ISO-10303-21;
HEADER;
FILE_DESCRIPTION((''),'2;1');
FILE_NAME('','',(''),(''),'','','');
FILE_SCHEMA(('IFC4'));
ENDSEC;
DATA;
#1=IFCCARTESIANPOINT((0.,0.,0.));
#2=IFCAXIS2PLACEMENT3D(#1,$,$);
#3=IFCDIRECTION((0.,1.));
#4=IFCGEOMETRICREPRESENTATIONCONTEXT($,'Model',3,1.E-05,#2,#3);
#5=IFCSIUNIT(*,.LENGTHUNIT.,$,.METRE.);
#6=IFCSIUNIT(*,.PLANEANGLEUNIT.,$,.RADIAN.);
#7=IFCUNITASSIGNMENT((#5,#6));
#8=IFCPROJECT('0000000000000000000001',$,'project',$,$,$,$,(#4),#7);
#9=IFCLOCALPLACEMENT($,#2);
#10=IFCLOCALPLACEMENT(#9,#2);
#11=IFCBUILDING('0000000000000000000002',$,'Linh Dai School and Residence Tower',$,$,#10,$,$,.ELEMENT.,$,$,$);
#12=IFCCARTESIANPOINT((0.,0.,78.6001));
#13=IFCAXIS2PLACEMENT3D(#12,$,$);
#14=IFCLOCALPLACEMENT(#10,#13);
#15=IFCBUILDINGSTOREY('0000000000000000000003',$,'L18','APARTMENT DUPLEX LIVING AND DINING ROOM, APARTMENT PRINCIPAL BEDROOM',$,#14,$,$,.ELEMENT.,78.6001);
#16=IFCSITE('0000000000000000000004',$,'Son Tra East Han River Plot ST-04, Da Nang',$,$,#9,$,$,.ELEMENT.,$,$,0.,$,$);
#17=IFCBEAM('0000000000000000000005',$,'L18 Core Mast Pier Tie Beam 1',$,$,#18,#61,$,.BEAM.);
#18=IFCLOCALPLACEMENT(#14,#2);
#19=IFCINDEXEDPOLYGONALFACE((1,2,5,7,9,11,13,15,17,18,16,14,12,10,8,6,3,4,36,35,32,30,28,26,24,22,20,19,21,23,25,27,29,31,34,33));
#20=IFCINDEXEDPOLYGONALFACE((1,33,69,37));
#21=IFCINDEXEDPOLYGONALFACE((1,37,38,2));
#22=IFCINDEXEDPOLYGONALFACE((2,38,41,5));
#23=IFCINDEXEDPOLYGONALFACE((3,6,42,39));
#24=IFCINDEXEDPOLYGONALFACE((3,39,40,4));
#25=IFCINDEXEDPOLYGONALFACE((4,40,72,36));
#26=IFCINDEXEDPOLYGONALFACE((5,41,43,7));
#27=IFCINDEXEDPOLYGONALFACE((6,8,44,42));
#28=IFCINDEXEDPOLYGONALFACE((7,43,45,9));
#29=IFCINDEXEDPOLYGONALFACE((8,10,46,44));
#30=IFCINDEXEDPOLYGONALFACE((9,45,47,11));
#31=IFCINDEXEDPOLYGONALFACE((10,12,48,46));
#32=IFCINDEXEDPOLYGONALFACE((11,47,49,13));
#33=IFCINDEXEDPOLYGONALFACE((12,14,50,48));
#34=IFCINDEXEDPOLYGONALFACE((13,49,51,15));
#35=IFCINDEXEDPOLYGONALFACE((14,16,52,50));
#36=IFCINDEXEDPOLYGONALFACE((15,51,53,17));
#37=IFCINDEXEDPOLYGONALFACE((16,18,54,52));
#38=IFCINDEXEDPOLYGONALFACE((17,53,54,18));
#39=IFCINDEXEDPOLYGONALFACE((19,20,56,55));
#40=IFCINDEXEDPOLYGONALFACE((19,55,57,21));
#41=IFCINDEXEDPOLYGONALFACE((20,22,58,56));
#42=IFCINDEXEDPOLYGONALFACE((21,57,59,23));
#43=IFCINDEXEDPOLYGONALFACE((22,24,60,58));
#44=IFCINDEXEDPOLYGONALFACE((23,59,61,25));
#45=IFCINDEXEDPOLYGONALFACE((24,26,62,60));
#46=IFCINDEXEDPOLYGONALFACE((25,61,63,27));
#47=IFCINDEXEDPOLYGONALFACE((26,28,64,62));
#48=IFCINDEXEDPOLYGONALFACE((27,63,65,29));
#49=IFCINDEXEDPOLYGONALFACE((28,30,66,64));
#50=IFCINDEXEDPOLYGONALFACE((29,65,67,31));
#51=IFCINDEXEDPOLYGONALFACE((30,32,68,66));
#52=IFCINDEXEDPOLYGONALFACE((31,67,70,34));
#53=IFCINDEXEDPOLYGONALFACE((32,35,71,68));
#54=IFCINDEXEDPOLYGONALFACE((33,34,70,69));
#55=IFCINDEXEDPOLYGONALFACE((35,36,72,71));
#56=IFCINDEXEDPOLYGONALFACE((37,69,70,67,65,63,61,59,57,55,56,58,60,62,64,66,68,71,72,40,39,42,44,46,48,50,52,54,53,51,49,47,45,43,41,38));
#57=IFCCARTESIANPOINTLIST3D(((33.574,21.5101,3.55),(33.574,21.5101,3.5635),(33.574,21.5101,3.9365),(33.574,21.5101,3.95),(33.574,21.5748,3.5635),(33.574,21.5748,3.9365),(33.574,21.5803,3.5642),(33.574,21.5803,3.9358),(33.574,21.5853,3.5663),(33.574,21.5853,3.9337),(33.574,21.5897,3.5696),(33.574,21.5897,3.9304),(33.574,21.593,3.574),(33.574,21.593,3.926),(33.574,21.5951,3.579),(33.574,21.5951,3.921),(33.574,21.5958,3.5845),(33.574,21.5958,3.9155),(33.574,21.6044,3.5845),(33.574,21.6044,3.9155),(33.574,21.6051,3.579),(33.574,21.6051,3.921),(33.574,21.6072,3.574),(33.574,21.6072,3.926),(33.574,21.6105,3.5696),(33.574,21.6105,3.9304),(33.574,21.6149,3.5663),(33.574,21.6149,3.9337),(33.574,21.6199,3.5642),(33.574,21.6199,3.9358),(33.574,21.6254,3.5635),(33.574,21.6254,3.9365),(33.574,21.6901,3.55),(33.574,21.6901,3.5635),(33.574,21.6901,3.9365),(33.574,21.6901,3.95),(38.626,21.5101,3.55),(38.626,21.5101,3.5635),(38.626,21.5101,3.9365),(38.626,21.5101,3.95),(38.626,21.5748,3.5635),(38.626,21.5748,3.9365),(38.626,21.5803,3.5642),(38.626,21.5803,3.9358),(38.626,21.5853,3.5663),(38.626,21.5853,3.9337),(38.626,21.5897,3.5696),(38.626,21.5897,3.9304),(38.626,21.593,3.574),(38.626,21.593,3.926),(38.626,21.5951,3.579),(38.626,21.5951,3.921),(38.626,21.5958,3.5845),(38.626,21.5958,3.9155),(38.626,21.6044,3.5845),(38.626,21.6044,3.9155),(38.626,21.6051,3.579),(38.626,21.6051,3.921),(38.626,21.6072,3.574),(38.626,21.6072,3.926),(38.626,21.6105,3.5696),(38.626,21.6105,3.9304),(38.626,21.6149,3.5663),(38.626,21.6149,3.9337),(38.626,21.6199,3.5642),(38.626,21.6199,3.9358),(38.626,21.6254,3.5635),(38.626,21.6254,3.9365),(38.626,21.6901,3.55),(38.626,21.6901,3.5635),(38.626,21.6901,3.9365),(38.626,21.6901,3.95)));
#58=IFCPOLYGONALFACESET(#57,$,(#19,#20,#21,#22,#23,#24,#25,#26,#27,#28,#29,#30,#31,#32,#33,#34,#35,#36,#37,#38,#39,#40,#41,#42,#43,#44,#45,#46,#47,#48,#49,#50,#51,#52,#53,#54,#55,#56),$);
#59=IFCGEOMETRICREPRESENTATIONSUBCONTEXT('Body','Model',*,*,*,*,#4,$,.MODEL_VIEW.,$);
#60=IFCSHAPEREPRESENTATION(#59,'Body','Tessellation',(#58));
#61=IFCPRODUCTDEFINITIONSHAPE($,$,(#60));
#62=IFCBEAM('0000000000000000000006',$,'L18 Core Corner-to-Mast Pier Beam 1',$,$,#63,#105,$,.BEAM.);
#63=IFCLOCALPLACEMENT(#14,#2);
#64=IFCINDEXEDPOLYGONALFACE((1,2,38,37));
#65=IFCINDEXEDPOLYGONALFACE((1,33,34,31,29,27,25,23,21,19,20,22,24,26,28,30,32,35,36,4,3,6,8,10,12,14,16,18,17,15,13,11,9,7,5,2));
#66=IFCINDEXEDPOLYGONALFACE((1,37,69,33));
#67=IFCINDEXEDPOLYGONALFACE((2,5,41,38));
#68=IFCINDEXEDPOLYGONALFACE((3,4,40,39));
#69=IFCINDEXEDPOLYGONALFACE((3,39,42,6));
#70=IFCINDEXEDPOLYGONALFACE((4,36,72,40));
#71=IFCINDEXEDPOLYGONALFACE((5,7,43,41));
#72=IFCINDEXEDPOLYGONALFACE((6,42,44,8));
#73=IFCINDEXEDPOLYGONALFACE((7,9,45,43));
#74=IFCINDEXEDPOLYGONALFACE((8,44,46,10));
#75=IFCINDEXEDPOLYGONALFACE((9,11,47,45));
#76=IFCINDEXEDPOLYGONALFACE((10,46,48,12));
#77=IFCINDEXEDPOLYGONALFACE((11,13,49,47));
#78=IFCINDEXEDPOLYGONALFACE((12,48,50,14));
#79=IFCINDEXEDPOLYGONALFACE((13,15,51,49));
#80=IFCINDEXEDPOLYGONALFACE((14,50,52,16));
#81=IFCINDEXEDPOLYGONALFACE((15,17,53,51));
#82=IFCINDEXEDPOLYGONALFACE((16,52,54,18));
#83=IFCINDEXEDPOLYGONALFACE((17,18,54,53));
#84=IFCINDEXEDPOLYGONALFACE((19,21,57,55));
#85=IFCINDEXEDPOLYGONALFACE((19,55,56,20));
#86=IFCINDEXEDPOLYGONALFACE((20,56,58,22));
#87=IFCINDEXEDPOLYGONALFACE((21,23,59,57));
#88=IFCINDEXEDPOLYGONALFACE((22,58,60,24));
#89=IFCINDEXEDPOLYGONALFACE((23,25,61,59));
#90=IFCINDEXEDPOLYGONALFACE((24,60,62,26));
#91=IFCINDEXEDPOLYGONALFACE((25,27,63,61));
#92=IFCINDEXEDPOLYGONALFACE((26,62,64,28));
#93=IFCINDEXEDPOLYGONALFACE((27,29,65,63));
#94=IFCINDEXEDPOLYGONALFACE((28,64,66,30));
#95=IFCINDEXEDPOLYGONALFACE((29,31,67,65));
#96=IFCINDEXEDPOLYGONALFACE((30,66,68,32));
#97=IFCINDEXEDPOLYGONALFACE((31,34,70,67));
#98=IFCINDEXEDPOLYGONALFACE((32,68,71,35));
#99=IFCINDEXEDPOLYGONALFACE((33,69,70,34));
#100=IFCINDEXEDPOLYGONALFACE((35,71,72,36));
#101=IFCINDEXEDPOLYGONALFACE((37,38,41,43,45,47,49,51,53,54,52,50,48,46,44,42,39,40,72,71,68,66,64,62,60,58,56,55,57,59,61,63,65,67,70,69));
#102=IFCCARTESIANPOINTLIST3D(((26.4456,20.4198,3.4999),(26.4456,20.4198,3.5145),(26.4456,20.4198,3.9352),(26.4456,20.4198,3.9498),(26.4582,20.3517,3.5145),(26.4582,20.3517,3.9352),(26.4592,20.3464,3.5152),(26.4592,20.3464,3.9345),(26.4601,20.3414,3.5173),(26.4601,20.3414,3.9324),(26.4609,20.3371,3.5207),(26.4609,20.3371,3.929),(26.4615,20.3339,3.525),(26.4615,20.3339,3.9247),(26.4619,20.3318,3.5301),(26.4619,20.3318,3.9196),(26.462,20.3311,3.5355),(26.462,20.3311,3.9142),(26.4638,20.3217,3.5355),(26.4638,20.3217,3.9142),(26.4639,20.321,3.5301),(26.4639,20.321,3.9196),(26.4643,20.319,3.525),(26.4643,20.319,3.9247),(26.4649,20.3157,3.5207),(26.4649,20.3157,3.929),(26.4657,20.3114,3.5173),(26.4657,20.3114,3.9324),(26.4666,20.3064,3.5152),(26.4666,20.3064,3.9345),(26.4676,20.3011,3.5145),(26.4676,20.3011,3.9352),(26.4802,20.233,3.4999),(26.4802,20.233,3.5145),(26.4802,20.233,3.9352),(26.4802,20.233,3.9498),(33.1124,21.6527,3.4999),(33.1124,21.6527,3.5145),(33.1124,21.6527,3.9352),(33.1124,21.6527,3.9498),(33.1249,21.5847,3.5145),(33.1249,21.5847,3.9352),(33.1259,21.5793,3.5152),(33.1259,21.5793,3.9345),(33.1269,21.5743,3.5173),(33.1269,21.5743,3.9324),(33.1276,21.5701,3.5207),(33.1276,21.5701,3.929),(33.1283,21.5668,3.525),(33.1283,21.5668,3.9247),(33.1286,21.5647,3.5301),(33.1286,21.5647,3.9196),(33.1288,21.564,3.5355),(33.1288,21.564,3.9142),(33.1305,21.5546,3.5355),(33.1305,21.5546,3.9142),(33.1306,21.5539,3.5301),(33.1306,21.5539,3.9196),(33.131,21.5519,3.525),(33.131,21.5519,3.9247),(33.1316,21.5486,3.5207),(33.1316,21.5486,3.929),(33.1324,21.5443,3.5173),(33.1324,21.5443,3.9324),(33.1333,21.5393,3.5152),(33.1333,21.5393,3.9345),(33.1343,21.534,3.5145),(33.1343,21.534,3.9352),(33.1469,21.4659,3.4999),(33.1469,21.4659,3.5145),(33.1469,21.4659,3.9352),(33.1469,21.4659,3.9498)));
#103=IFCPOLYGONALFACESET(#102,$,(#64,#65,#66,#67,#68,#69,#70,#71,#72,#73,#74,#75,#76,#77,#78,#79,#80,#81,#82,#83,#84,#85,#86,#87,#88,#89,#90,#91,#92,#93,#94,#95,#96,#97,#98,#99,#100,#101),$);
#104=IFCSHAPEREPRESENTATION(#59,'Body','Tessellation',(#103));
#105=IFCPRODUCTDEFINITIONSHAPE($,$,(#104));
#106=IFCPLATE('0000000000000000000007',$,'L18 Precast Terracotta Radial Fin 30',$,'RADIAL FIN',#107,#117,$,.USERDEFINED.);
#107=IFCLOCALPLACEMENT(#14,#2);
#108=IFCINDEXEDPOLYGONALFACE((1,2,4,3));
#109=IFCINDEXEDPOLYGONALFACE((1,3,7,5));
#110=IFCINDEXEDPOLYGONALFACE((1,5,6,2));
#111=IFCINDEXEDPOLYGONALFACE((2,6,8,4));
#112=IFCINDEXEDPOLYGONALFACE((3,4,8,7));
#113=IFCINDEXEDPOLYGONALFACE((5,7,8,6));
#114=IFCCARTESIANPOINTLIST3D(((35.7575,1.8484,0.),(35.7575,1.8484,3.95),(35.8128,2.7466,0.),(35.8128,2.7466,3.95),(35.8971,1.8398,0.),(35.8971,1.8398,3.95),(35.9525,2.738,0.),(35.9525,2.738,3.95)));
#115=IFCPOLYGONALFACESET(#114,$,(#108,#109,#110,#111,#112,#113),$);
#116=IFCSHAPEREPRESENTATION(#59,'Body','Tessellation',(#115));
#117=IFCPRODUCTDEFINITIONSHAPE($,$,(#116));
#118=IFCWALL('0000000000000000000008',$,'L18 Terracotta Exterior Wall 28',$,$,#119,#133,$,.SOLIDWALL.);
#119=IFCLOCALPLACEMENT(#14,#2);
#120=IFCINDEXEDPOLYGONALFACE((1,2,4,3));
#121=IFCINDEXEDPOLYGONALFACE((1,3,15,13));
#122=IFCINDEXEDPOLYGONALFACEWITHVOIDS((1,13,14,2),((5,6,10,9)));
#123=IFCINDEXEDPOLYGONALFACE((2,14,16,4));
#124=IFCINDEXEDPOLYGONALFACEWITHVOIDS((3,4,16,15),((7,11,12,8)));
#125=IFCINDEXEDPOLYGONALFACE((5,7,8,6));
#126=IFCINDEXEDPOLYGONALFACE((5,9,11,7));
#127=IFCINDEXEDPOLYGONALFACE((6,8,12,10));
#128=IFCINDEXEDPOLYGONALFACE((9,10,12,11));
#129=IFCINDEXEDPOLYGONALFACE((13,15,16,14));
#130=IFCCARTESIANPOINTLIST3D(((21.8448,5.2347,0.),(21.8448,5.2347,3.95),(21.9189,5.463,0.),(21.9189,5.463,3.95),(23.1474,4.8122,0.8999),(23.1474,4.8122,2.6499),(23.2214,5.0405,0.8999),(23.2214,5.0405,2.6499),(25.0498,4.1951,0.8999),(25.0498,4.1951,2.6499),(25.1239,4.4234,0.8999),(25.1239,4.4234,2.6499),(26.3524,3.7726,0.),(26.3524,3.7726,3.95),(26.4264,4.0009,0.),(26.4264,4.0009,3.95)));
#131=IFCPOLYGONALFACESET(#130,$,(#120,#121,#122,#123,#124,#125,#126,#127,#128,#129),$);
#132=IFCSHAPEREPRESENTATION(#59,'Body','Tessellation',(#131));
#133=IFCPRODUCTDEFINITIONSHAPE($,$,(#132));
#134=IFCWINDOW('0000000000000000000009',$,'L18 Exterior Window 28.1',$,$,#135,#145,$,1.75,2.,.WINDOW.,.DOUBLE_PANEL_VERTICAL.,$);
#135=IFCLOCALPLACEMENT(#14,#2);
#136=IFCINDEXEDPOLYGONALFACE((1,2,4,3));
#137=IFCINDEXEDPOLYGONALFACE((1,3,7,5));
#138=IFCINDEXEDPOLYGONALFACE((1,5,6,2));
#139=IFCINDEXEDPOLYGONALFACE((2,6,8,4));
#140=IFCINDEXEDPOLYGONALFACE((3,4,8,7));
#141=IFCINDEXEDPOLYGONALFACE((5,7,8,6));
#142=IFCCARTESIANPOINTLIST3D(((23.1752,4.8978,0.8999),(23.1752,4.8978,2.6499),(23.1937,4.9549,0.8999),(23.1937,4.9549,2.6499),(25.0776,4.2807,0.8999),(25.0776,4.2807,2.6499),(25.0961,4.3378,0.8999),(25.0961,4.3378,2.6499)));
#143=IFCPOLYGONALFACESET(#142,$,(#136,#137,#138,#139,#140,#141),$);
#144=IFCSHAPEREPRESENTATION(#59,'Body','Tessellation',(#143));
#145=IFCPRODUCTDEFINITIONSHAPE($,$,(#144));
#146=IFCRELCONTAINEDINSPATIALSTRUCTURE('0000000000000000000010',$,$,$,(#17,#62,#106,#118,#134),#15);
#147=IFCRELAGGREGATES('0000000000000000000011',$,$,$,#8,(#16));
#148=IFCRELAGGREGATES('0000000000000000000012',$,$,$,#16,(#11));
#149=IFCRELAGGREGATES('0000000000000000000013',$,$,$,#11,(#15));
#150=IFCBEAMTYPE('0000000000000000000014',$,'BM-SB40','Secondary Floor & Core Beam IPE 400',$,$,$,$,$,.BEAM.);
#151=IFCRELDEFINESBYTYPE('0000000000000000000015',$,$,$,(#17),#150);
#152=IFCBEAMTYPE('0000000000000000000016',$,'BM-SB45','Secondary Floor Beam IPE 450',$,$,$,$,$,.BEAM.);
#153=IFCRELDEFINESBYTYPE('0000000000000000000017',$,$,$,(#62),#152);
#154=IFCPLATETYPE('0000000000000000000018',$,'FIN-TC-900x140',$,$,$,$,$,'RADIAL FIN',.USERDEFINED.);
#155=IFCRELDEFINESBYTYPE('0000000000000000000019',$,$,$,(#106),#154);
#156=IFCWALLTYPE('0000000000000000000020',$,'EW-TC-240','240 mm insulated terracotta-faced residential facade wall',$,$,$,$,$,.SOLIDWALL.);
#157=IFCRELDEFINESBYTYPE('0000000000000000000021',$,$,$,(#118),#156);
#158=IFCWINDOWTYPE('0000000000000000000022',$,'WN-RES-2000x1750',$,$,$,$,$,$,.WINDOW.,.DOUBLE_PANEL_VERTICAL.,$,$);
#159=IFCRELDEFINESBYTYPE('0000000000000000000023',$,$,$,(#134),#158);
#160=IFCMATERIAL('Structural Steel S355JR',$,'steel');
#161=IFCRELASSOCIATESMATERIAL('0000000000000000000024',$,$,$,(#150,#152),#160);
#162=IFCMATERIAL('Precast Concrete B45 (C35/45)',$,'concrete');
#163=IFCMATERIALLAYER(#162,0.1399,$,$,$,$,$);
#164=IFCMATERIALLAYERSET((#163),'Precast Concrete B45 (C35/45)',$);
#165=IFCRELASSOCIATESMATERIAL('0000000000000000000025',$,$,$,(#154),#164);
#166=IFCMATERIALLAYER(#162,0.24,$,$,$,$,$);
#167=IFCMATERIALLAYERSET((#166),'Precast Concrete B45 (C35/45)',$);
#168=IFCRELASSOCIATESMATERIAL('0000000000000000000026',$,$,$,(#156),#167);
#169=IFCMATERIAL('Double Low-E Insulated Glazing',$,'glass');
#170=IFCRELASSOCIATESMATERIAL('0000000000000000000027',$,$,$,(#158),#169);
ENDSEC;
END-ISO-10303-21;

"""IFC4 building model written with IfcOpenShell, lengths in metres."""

from ifc_helpers import new_model, si_unit, direction, frame, frame_2d, origin, origin_2d, place, context, subcontext, project, spatial, rectangle, i_section, extrude, source, transform, mapped, material, layer, layer_set, material_profile, profile_set, type_object, element, fill, save


model = new_model("IFC4")

# Units and contexts
model_context = context("Model", 3, precision=1e-05, world=origin(), true_north=direction((0.0, 1.0)))
body_context = subcontext(model_context, "Body", "Model", "MODEL_VIEW")
ifc_project = project(units=[si_unit("LENGTHUNIT", "METRE"), si_unit("PLANEANGLEUNIT", "RADIAN")], contexts=[model_context])

# Site, building, storey
site_placement = place(None, origin())
site = spatial("IfcSite", under=ifc_project, at=site_placement, Name="Son Tra East Han River Plot ST-04, Da Nang", CompositionType="ELEMENT", RefElevation=0.0)
building_placement = place(site_placement, origin())
building = spatial("IfcBuilding", under=site, at=building_placement, Name="Linh Dai School and Residence Tower", CompositionType="ELEMENT")
storey_placement = place(building_placement, frame((0.0, 0.0, 78.6001)))
storey = spatial("IfcBuildingStorey", under=building, at=storey_placement, Name="L18", Description="APARTMENT DUPLEX LIVING AND DINING ROOM, APARTMENT PRINCIPAL BEDROOM", CompositionType="ELEMENT", Elevation=78.6001)

# Shared definitions
ifc_material_1 = material(Name="Structural Steel S355JR", Category="steel")

# Beams
ifc_material_profile_1 = material_profile(ifc_material_1, i_section(OverallWidth=0.1799, OverallDepth=0.3999, WebThickness=0.0085, FlangeThickness=0.0134, FilletRadius=0.021, at=origin_2d()), Name="IPE 400")
ifc_profile_set_1 = profile_set([ifc_material_profile_1], Name="Structural Steel S355JR")
beam_type_1 = type_object("IfcBeamType", Name="BM-SB40", Description="Secondary Floor & Core Beam IPE 400", PredefinedType="BEAM", material=ifc_profile_set_1)
beam_1_placement = place(storey_placement, frame((33.574, 21.6001, 3.75), z_axis=(1.0, 0.0, 0.0), x_axis=(0.0, 1.0, 0.0)))
element("IfcBeam", 1, at=beam_1_placement, inside=storey, type_object=beam_type_1, Name="L18 Core Mast Pier Tie Beam 1", PredefinedType="BEAM", context=body_context, shape_type="SweptSolid", body=[
    extrude(i_section(OverallWidth=0.1799, OverallDepth=0.3999, WebThickness=0.0085, FlangeThickness=0.0134, FilletRadius=0.021, at=origin_2d()), origin(), (0.0, 0.0, 1.0), 5.052),
])
ifc_material_profile_2 = material_profile(ifc_material_1, i_section(OverallWidth=0.1899, OverallDepth=0.45, WebThickness=0.0095, FlangeThickness=0.0146, FilletRadius=0.021, at=origin_2d()), Name="IPE 450")
ifc_profile_set_2 = profile_set([ifc_material_profile_2], Name="Structural Steel S355JR")
beam_type_2 = type_object("IfcBeamType", Name="BM-SB45", Description="Secondary Floor Beam IPE 450", PredefinedType="BEAM", material=ifc_profile_set_2)
beam_2_placement = place(storey_placement, frame((26.4629, 20.3264, 3.7249), z_axis=(0.983326, 0.181851, 0.0), x_axis=(-0.181851, 0.983326, 0.0)))
element("IfcBeam", 2, at=beam_2_placement, inside=storey, type_object=beam_type_2, Name="L18 Core Corner-to-Mast Pier Beam 1", PredefinedType="BEAM", context=body_context, shape_type="SweptSolid", body=[
    extrude(i_section(OverallWidth=0.1899, OverallDepth=0.45, WebThickness=0.0095, FlangeThickness=0.0146, FilletRadius=0.021, at=origin_2d()), origin(), (0.0, 0.0, 1.0), 6.7798),
])

# Plate
ifc_material_2 = material(Name="Precast Concrete B45 (C35/45)", Category="concrete")
ifc_layer_1 = layer(ifc_material_2, 0.1399)
ifc_layer_set_1 = layer_set([ifc_layer_1], Name="Precast Concrete B45 (C35/45)")
plate_type = type_object("IfcPlateType", Name="FIN-TC-900x140", ElementType="RADIAL FIN", PredefinedType="USERDEFINED", material=ifc_layer_set_1)
shared_shape_1 = source(origin(), body_context, "Body", "SweptSolid", [
    extrude(rectangle(XDim=0.8999, YDim=0.1399, at=origin_2d()), origin(), (0.0, 0.0, 1.0), 3.95),
])
plate_placement = place(storey_placement, frame((35.855, 2.2932, 0.0), z_axis=(0.0, 0.0, 1.0), x_axis=(-0.061507, -0.998107, 0.0)))
element("IfcPlate", 3, at=plate_placement, inside=storey, type_object=plate_type, Name="L18 Precast Terracotta Radial Fin 30", ObjectType="RADIAL FIN", PredefinedType="USERDEFINED", context=body_context, shape_type="MappedRepresentation", body=[
    mapped(shared_shape_1, transform((0.0, 0.0, 0.0), x_axis=(1.0, 0.0, 0.0), y_axis=(0.0, 1.0, 0.0), z_axis=(0.0, 0.0, 1.0), scale=1.0)),
])

# Wall, opening, window
ifc_layer_2 = layer(ifc_material_2, 0.24)
ifc_layer_set_2 = layer_set([ifc_layer_2], Name="Precast Concrete B45 (C35/45)")
wall_type_1 = type_object("IfcWallType", Name="EW-TC-240", Description="240 mm insulated terracotta-faced residential facade wall", PredefinedType="SOLIDWALL", material=ifc_layer_set_2)
wall_1_placement = place(storey_placement, frame((26.3894, 3.8867, 0.0), z_axis=(0.0, 0.0, 1.0), x_axis=(-0.951208, 0.308551, 0.0)))
wall_1 = element("IfcWall", 4, at=wall_1_placement, inside=storey, type_object=wall_type_1, Name="L18 Terracotta Exterior Wall 28", PredefinedType="SOLIDWALL", context=body_context, shape_type="SweptSolid", body=[
    extrude(rectangle(XDim=4.7388, YDim=0.24, at=frame_2d((2.3694, 0.0))), origin(), (0.0, 0.0, 1.0), 3.95),
])
opening_1_placement = place(wall_1_placement, frame((1.3694, 0.0, 0.8999)))
opening_1 = element("IfcOpeningElement", 5, at=opening_1_placement, cuts=wall_1, PredefinedType="OPENING", context=body_context, shape_type="SweptSolid", body=[
    extrude(rectangle(XDim=2.0, YDim=1.75, at=origin_2d()), frame((1.0, 0.1299, 0.875), z_axis=(0.0, -1.0, 0.0), x_axis=(1.0, 0.0, 0.0)), (0.0, 0.0, 1.0), 0.26),
])
ifc_material_3 = material(Name="Double Low-E Insulated Glazing", Category="glass")
window_type_1 = type_object("IfcWindowType", Name="WN-RES-2000x1750", PartitioningType="DOUBLE_PANEL_VERTICAL", PredefinedType="WINDOW", material=ifc_material_3)
shared_shape_2 = source(origin(), body_context, "Body", "SweptSolid", [
    extrude(rectangle(XDim=2.0, YDim=1.75, at=origin_2d()), frame((1.0, 0.03, 0.875), z_axis=(0.0, -1.0, 0.0), x_axis=(1.0, 0.0, 0.0)), (0.0, 0.0, 1.0), 0.0601),
])
window_1_placement = place(opening_1_placement, origin())
window_1 = element("IfcWindow", 6, at=window_1_placement, inside=storey, type_object=window_type_1, Name="L18 Exterior Window 28.1", OverallHeight=1.75, OverallWidth=2.0, PartitioningType="DOUBLE_PANEL_VERTICAL", PredefinedType="WINDOW", context=body_context, shape_type="MappedRepresentation", body=[
    mapped(shared_shape_2, transform((0.0, 0.0, 0.0), x_axis=(1.0, 0.0, 0.0), y_axis=(0.0, 1.0, 0.0), z_axis=(0.0, 0.0, 1.0), scale=1.0)),
])
fill(opening_1, window_1)

save(model, "model.ifc")
